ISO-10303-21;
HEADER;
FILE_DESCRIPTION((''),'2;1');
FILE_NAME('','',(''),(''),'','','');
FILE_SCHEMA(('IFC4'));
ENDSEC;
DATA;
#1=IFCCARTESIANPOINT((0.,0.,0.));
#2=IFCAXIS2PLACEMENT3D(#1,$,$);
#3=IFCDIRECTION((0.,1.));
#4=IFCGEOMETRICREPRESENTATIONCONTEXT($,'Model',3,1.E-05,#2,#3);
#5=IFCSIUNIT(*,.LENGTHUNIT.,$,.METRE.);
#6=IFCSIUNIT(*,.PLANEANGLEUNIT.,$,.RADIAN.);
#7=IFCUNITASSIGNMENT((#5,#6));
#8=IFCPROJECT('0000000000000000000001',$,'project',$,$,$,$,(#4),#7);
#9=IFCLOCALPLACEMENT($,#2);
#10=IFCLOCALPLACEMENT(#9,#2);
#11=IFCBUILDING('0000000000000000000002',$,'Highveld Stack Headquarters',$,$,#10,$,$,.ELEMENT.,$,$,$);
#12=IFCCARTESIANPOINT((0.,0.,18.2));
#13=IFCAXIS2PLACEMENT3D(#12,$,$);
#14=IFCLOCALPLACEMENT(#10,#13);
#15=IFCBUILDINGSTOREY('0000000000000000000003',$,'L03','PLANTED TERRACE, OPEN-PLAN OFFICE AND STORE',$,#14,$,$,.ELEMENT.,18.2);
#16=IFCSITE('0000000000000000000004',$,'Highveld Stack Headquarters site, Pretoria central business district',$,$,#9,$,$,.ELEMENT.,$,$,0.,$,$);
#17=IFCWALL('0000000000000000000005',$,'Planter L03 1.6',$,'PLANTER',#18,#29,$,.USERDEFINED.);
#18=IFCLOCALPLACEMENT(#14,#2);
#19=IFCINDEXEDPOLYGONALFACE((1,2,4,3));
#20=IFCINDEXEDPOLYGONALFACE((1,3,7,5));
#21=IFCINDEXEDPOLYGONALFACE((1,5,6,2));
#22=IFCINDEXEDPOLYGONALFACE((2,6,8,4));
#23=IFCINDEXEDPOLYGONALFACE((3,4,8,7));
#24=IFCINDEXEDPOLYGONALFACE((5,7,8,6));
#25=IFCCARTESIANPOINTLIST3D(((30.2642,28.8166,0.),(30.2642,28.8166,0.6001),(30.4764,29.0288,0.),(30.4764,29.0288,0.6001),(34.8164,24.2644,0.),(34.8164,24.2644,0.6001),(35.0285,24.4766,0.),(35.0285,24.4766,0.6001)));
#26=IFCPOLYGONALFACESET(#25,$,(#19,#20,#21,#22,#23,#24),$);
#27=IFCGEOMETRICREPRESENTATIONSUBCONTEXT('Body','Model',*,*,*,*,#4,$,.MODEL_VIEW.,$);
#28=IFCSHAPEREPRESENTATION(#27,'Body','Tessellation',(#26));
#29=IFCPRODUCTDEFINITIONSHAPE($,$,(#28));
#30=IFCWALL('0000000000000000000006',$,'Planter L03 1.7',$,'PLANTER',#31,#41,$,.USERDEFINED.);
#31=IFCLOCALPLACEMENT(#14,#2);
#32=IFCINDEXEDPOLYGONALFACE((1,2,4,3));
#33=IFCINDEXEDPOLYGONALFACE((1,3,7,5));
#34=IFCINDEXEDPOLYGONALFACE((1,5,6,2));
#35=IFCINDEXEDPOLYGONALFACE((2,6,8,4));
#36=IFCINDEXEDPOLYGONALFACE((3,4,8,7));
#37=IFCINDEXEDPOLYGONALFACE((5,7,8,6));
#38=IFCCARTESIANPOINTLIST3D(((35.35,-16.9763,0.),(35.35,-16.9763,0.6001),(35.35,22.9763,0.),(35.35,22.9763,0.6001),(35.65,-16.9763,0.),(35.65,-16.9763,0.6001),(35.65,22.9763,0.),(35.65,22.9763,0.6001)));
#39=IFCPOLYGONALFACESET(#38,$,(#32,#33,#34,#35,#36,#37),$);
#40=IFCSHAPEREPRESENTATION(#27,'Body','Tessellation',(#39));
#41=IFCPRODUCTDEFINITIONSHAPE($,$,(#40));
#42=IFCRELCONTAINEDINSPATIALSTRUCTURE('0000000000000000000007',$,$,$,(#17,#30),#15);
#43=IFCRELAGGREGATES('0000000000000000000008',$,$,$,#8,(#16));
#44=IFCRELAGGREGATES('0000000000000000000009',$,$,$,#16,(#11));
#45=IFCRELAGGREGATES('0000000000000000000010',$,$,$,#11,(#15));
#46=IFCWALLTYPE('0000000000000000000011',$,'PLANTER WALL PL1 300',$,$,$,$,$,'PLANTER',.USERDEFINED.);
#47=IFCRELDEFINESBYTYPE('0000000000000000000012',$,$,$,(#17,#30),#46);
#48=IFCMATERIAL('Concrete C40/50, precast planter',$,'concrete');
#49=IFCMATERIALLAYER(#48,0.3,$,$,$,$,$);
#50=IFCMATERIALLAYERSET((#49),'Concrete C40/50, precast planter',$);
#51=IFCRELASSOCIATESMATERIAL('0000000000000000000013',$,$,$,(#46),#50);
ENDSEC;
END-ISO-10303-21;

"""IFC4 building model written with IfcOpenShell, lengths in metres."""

from ifc_helpers import new_model, si_unit, direction, frame, frame_2d, origin, place, context, subcontext, project, spatial, rectangle, extrude, material, layer, layer_set, type_object, element, save


model = new_model("IFC4")

# Units and contexts
model_context = context("Model", 3, precision=1e-05, world=origin(), true_north=direction((0.0, 1.0)))
body_context = subcontext(model_context, "Body", "Model", "MODEL_VIEW")
ifc_project = project(units=[si_unit("LENGTHUNIT", "METRE"), si_unit("PLANEANGLEUNIT", "RADIAN")], contexts=[model_context])

# Site, building, storey
site_placement = place(None, origin())
site = spatial("IfcSite", under=ifc_project, at=site_placement, Name="Highveld Stack Headquarters site, Pretoria central business district", CompositionType="ELEMENT", RefElevation=0.0)
building_placement = place(site_placement, origin())
building = spatial("IfcBuilding", under=site, at=building_placement, Name="Highveld Stack Headquarters", CompositionType="ELEMENT")
storey_placement = place(building_placement, frame((0.0, 0.0, 18.2)))
storey = spatial("IfcBuildingStorey", under=building, at=storey_placement, Name="L03", Description="PLANTED TERRACE, OPEN-PLAN OFFICE AND STORE", CompositionType="ELEMENT", Elevation=18.2)

# Walls
ifc_material_1 = material(Name="Concrete C40/50, precast planter", Category="concrete")
ifc_layer_1 = layer(ifc_material_1, 0.3)
ifc_layer_set_1 = layer_set([ifc_layer_1], Name="Concrete C40/50, precast planter")
wall_type_1 = type_object("IfcWallType", Name="PLANTER WALL PL1 300", ElementType="PLANTER", PredefinedType="USERDEFINED", material=ifc_layer_set_1)
wall_1_placement = place(storey_placement, frame((30.3704, 28.9226, 0.0), z_axis=(0.0, 0.0, 1.0), x_axis=(0.707107, -0.707107, 0.0)))
element("IfcWall", 1, at=wall_1_placement, inside=storey, type_object=wall_type_1, Name="Planter L03 1.6", ObjectType="PLANTER", PredefinedType="USERDEFINED", context=body_context, shape_type="SweptSolid", body=[
    extrude(rectangle(XDim=6.4377, YDim=0.3, at=frame_2d((3.2188, 0.0))), origin(), (0.0, 0.0, 1.0), 0.6001),
])
wall_2_placement = place(storey_placement, frame((35.5, 22.9763, 0.0), z_axis=(0.0, 0.0, 1.0), x_axis=(0.0, -1.0, 0.0)))
element("IfcWall", 2, at=wall_2_placement, inside=storey, type_object=wall_type_1, Name="Planter L03 1.7", ObjectType="PLANTER", PredefinedType="USERDEFINED", context=body_context, shape_type="SweptSolid", body=[
    extrude(rectangle(XDim=39.9526, YDim=0.3, at=frame_2d((19.9763, 0.0))), origin(), (0.0, 0.0, 1.0), 0.6001),
])

save(model, "model.ifc")
